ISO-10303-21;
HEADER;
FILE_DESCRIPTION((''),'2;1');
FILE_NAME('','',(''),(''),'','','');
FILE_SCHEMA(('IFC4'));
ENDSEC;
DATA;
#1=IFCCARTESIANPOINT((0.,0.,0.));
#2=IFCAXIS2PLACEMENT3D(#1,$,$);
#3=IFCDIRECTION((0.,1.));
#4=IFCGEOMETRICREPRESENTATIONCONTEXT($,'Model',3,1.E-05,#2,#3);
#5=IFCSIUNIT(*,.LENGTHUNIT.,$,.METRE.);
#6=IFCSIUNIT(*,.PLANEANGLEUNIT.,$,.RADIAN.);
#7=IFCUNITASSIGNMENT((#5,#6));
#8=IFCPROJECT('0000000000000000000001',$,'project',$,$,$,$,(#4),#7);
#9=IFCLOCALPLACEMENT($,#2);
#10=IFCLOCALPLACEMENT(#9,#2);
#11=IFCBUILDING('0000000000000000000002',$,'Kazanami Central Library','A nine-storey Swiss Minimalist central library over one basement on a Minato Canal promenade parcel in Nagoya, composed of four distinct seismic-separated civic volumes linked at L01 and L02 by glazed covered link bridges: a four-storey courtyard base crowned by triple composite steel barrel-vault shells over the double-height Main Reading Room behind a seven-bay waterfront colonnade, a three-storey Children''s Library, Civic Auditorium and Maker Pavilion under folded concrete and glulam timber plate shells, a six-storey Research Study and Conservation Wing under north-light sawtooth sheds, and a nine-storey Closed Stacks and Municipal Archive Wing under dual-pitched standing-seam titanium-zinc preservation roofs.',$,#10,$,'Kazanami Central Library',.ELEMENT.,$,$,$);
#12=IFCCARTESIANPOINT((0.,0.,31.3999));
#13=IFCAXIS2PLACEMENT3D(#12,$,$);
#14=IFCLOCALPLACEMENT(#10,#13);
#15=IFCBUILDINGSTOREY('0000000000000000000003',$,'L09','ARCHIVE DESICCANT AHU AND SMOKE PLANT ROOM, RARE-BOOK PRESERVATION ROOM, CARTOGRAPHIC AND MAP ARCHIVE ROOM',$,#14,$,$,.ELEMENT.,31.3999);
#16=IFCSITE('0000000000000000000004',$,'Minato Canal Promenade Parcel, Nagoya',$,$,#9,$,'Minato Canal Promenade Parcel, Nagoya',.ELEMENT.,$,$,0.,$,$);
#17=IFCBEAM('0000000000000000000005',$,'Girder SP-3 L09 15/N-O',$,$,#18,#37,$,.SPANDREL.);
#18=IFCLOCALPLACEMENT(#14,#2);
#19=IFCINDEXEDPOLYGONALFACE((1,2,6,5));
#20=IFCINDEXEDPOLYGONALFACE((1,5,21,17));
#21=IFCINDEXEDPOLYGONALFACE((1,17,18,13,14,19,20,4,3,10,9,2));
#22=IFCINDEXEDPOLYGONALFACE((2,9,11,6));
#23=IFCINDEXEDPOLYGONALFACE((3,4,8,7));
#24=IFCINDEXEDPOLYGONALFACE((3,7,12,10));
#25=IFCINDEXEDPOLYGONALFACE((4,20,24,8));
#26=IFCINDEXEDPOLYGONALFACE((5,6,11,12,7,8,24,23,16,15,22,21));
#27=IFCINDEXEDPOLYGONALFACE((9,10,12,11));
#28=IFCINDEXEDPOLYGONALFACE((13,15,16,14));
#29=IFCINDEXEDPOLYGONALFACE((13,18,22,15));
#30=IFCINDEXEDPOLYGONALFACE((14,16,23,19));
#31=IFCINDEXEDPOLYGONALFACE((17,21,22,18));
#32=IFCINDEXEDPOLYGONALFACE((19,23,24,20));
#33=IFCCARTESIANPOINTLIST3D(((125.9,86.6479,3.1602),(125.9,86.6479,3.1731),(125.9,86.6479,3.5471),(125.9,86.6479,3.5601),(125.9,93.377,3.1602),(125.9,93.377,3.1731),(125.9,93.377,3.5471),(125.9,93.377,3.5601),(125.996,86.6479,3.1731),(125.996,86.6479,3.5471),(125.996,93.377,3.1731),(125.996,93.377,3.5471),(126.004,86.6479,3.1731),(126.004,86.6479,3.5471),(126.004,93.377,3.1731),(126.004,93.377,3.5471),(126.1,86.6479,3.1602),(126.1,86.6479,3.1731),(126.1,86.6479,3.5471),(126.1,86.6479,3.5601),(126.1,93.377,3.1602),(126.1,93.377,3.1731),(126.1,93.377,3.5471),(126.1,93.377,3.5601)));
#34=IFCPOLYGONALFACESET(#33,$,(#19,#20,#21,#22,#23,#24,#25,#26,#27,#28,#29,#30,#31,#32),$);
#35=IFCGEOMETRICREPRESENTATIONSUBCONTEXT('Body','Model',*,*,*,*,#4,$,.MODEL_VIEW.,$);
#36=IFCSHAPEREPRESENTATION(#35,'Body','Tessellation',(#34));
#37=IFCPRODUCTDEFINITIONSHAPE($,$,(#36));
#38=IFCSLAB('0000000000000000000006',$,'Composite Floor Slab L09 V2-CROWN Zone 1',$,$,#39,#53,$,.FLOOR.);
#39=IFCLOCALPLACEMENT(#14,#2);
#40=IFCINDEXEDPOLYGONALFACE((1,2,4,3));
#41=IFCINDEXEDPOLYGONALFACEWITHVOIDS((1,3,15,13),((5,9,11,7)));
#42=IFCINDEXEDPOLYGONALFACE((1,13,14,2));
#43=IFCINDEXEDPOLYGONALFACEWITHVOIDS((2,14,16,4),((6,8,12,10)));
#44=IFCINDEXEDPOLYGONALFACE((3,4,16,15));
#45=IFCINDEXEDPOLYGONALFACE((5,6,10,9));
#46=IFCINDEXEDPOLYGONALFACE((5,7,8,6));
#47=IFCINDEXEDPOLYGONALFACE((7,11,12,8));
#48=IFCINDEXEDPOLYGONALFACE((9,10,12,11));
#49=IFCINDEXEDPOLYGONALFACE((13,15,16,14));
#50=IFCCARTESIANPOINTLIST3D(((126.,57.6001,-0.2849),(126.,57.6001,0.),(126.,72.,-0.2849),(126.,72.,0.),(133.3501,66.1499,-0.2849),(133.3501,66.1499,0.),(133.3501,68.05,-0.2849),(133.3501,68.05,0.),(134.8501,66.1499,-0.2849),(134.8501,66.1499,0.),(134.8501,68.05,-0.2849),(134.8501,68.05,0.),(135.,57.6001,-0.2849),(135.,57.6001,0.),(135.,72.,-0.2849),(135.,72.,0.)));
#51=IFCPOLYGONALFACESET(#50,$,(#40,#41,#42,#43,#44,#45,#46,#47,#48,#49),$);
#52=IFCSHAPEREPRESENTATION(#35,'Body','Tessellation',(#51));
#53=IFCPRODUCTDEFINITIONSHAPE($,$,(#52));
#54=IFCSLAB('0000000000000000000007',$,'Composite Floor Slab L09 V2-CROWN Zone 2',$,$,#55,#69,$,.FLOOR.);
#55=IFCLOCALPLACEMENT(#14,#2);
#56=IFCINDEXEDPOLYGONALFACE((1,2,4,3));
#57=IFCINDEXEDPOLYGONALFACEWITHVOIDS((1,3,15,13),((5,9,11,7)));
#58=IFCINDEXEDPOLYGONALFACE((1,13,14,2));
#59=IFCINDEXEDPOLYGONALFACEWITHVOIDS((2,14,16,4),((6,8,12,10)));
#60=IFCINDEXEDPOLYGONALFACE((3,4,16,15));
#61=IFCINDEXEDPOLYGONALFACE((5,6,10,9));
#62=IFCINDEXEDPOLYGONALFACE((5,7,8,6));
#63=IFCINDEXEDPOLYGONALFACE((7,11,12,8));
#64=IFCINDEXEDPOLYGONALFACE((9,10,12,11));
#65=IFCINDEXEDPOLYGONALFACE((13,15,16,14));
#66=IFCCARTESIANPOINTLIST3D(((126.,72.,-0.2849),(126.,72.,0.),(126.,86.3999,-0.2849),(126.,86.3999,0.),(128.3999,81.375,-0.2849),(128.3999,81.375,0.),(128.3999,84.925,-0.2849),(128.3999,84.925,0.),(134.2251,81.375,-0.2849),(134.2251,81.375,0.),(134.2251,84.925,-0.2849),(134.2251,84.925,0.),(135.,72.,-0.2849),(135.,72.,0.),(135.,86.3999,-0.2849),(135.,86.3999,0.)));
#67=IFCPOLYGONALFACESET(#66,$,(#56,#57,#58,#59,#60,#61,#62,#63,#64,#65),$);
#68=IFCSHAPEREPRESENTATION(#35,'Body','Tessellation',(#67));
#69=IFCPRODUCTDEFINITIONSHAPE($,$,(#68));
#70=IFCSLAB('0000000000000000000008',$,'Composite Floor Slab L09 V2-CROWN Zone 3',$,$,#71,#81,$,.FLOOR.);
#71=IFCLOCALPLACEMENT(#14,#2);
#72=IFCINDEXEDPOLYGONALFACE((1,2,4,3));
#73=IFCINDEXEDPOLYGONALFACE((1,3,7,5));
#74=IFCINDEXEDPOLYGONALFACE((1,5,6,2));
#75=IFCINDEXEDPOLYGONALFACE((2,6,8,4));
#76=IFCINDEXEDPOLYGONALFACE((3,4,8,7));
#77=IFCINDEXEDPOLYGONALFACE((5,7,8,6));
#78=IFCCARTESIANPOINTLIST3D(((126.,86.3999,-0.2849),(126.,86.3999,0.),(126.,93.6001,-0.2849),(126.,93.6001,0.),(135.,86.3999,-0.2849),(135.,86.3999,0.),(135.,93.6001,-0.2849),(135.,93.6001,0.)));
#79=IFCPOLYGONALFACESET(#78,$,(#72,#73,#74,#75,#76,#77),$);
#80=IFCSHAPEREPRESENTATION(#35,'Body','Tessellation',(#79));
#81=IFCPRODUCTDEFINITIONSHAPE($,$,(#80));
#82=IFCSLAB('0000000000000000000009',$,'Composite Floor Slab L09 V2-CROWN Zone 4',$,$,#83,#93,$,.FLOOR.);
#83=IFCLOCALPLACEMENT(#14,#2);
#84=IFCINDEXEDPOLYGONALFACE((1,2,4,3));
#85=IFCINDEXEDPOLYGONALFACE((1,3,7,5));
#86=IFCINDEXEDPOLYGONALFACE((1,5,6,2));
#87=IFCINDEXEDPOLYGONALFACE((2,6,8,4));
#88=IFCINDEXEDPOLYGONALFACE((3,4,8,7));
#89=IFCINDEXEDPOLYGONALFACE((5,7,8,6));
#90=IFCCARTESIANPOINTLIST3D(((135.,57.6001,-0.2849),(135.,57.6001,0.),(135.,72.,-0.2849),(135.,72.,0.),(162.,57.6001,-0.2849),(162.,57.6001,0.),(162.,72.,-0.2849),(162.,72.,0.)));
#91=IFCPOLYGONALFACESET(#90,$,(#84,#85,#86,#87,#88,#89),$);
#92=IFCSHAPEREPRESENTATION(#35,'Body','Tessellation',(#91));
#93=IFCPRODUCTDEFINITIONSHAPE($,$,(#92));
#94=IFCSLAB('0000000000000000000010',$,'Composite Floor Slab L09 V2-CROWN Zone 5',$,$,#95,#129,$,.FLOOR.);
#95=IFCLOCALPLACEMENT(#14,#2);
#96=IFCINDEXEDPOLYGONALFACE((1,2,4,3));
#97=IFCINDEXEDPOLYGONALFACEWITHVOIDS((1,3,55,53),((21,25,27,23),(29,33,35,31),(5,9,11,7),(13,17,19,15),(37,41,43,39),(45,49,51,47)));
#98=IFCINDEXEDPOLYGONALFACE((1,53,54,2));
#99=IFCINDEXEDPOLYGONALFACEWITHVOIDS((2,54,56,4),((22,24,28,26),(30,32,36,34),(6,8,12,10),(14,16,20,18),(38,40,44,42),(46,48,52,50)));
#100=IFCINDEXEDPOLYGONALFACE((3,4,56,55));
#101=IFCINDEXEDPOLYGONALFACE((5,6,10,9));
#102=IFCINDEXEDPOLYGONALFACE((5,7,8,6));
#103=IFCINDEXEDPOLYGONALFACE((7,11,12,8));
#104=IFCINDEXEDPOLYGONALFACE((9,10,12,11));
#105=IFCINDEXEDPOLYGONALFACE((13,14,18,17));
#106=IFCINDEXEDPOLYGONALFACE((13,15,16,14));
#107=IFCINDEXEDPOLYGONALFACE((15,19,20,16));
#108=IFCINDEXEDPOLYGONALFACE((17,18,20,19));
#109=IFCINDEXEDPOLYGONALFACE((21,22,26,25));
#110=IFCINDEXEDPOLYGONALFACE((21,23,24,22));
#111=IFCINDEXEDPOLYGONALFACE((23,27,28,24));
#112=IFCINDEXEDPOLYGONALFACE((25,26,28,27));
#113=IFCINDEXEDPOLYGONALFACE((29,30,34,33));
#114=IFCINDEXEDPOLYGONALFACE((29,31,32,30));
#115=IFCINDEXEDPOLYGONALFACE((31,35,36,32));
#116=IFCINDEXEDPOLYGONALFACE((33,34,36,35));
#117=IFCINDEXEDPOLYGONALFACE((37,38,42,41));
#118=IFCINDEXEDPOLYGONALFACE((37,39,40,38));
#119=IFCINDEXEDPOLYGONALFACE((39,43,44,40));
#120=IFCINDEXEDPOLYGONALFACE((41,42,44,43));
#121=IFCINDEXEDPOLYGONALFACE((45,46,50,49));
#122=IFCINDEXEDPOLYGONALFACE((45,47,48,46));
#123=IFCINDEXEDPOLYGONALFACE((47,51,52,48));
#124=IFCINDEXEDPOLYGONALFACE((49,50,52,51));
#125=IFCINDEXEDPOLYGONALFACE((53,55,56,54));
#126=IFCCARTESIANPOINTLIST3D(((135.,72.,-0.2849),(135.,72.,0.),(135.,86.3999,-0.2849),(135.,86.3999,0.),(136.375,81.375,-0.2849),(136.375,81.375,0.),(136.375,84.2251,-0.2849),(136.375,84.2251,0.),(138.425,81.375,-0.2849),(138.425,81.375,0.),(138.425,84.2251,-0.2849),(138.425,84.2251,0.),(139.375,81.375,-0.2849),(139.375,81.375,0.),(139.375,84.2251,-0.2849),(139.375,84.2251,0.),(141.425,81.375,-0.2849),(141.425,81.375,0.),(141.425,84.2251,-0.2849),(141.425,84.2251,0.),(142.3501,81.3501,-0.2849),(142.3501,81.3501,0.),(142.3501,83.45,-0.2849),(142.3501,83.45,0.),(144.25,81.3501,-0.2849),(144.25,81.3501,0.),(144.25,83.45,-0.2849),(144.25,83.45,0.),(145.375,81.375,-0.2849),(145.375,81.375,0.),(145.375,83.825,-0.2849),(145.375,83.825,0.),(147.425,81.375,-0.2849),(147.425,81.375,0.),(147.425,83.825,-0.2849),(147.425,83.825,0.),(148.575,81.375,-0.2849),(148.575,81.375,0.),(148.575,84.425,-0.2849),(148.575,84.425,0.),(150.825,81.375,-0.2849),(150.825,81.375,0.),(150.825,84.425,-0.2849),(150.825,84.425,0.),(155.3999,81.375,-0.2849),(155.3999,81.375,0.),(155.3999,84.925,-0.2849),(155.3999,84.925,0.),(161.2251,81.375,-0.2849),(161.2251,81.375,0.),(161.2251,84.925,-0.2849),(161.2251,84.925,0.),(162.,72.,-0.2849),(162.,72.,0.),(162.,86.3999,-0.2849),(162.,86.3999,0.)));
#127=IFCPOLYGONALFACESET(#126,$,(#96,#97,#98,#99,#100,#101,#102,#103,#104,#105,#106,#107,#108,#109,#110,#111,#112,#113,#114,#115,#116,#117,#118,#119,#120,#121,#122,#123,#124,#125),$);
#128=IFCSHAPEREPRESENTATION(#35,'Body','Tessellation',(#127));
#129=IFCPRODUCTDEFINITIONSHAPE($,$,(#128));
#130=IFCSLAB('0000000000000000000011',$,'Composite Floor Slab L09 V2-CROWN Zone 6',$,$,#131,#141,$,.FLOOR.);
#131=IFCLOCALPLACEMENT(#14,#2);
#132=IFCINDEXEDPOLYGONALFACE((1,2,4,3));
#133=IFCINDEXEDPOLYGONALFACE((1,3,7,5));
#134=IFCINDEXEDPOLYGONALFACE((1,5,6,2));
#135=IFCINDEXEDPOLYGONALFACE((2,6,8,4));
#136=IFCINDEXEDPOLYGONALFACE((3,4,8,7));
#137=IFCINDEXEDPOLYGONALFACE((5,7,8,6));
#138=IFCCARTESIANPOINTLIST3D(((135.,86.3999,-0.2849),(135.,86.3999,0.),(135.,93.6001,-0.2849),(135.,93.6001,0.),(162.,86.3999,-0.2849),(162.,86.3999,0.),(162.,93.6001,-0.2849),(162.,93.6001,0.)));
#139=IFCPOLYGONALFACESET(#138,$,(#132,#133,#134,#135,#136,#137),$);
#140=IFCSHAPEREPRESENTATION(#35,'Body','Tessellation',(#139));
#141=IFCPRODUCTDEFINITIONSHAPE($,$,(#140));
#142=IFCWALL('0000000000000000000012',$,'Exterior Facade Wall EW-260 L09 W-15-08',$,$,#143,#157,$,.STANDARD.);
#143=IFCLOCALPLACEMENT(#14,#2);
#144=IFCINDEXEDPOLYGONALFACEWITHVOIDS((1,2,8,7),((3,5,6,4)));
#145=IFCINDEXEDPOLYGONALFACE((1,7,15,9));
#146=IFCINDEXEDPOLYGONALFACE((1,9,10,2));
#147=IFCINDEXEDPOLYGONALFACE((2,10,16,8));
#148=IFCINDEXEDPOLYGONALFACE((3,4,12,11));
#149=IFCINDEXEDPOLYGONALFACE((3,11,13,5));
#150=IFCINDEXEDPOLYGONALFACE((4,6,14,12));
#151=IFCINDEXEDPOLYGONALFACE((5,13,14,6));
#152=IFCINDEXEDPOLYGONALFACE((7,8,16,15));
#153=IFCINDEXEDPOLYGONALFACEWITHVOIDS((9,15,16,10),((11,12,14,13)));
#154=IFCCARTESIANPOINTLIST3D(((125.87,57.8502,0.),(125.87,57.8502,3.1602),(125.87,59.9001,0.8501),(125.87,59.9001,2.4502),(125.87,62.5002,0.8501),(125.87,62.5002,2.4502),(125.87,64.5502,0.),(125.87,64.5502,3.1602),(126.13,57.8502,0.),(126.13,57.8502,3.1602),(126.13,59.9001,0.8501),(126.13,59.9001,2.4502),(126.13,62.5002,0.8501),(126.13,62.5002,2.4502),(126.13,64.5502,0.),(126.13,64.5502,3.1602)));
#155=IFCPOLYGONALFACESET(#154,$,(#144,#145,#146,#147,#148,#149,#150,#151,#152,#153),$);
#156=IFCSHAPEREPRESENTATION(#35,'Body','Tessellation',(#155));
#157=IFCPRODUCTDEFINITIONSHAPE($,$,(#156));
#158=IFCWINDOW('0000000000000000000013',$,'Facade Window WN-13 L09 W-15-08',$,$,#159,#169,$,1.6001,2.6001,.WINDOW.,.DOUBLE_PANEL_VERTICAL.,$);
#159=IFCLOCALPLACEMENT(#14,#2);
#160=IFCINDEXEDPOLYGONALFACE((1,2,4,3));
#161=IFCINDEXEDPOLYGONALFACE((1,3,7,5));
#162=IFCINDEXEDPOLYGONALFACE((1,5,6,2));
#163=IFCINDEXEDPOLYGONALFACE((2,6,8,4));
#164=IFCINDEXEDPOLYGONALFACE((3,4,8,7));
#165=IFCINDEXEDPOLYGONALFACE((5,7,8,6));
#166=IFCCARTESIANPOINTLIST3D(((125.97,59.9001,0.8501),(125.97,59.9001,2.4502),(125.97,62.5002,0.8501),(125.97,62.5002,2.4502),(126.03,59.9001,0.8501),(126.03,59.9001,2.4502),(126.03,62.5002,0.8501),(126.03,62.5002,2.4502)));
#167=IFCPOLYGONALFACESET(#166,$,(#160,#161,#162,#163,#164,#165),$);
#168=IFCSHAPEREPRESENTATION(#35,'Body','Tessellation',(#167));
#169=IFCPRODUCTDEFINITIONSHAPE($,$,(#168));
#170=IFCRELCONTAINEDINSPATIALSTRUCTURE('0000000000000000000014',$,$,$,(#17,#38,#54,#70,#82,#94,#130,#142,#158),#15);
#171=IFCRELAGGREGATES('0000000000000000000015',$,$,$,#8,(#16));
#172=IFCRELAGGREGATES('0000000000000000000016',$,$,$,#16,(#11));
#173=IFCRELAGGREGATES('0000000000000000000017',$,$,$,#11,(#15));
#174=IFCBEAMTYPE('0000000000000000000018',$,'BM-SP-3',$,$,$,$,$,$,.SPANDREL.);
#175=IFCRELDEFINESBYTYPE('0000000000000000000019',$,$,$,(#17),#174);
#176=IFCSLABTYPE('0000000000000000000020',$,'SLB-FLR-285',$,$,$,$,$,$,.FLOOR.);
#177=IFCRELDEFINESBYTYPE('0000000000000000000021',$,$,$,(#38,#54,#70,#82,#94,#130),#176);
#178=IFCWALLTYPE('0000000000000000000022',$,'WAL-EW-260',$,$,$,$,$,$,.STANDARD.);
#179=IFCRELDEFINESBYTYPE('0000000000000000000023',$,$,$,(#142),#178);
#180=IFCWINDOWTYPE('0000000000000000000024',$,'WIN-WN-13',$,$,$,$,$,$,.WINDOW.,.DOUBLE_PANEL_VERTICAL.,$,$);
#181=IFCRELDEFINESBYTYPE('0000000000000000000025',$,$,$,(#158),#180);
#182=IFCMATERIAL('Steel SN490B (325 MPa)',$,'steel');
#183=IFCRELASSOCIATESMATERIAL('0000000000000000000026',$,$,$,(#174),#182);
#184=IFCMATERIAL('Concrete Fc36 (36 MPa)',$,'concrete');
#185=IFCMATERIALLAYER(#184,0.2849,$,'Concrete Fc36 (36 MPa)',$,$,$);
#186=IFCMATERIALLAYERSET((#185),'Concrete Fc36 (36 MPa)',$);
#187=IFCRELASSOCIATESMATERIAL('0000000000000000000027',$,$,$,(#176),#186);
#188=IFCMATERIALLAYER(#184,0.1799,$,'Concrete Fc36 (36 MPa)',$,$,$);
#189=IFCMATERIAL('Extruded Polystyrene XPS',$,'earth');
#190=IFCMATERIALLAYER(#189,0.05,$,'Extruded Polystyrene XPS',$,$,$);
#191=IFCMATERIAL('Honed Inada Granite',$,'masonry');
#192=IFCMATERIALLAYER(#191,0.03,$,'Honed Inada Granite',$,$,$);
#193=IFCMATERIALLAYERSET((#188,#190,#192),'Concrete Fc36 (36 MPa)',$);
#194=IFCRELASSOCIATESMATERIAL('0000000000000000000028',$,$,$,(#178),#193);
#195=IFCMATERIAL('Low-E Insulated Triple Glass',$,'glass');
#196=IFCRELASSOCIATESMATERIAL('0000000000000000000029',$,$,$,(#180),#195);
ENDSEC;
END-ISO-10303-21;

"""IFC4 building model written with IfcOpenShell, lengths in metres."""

from ifc_helpers import new_model, si_unit, direction, frame, frame_2d, origin, origin_2d, place, context, subcontext, project, spatial, polyline, rectangle, i_section, outline, extrude, material, layer, layer_set, material_profile, profile_set, type_object, element, fill, save


model = new_model("IFC4")

# Units and contexts
model_context = context("Model", 3, precision=1e-05, world=origin(), true_north=direction((0.0, 1.0)))
body_context = subcontext(model_context, "Body", "Model", "MODEL_VIEW")
ifc_project = project(units=[si_unit("LENGTHUNIT", "METRE"), si_unit("PLANEANGLEUNIT", "RADIAN")], contexts=[model_context])

# Site, building, storey
site_placement = place(None, origin())
site = spatial("IfcSite", under=ifc_project, at=site_placement, Name="Minato Canal Promenade Parcel, Nagoya", LongName="Minato Canal Promenade Parcel, Nagoya", CompositionType="ELEMENT", RefElevation=0.0)
building_placement = place(site_placement, origin())
building = spatial("IfcBuilding", under=site, at=building_placement, Name="Kazanami Central Library", Description="A nine-storey Swiss Minimalist central library over one basement on a Minato Canal promenade parcel in Nagoya, composed of four distinct seismic-separated civic volumes linked at L01 and L02 by glazed covered link bridges: a four-storey courtyard base crowned by triple composite steel barrel-vault shells over the double-height Main Reading Room behind a seven-bay waterfront colonnade, a three-storey Children's Library, Civic Auditorium and Maker Pavilion under folded concrete and glulam timber plate shells, a six-storey Research Study and Conservation Wing under north-light sawtooth sheds, and a nine-storey Closed Stacks and Municipal Archive Wing under dual-pitched standing-seam titanium-zinc preservation roofs.", LongName="Kazanami Central Library", CompositionType="ELEMENT")
storey_placement = place(building_placement, frame((0.0, 0.0, 31.3999)))
storey = spatial("IfcBuildingStorey", under=building, at=storey_placement, Name="L09", Description="ARCHIVE DESICCANT AHU AND SMOKE PLANT ROOM, RARE-BOOK PRESERVATION ROOM, CARTOGRAPHIC AND MAP ARCHIVE ROOM", CompositionType="ELEMENT", Elevation=31.3999)

# Beam
ifc_material_1 = material(Name="Steel SN490B (325 MPa)", Category="steel")
ifc_material_profile_1 = material_profile(ifc_material_1, i_section(OverallWidth=0.2, OverallDepth=0.3999, WebThickness=0.0081, FlangeThickness=0.0129, at=origin_2d()), Name="H-400x200x8x13")
ifc_profile_set_1 = profile_set([ifc_material_profile_1], Name="Steel SN490B (325 MPa)")
beam_type = type_object("IfcBeamType", Name="BM-SP-3", PredefinedType="SPANDREL", material=ifc_profile_set_1)
beam_1_placement = place(storey_placement, frame((126.0, 86.6479, 3.3601), z_axis=(0.0, 1.0, 0.0), x_axis=(-1.0, 0.0, 0.0)))
element("IfcBeam", 1, at=beam_1_placement, inside=storey, type_object=beam_type, Name="Girder SP-3 L09 15/N-O", PredefinedType="SPANDREL", context=body_context, shape_type="SweptSolid", body=[
    extrude(i_section(OverallWidth=0.2, OverallDepth=0.3999, WebThickness=0.0081, FlangeThickness=0.0129, at=origin_2d()), origin(), (0.0, 0.0, 1.0), 6.729),
])

# Slabs
ifc_material_2 = material(Name="Concrete Fc36 (36 MPa)", Category="concrete")
ifc_layer_1 = layer(ifc_material_2, 0.2849, Name="Concrete Fc36 (36 MPa)")
ifc_layer_set_1 = layer_set([ifc_layer_1], Name="Concrete Fc36 (36 MPa)")
slab_type = type_object("IfcSlabType", Name="SLB-FLR-285", PredefinedType="FLOOR", material=ifc_layer_set_1)
slab_1_placement = place(storey_placement, frame((0.0, 0.0, -0.2849)))
element("IfcSlab", 2, at=slab_1_placement, inside=storey, type_object=slab_type, Name="Composite Floor Slab L09 V2-CROWN Zone 1", PredefinedType="FLOOR", context=body_context, shape_type="SweptSolid", body=[
    extrude(outline(polyline([(126.0, 57.6001), (135.0, 57.6001), (135.0, 72.0), (126.0, 72.0), (126.0, 57.6001)]), holes=[polyline([(133.3501, 66.1499), (134.8501, 66.1499), (134.8501, 68.05), (133.3501, 68.05), (133.3501, 66.1499)])]), origin(), (0.0, 0.0, 1.0), 0.2849),
])
slab_2_placement = place(storey_placement, frame((0.0, 0.0, -0.2849)))
element("IfcSlab", 3, at=slab_2_placement, inside=storey, type_object=slab_type, Name="Composite Floor Slab L09 V2-CROWN Zone 2", PredefinedType="FLOOR", context=body_context, shape_type="SweptSolid", body=[
    extrude(outline(polyline([(126.0, 72.0), (135.0, 72.0), (135.0, 86.3999), (126.0, 86.3999), (126.0, 72.0)]), holes=[polyline([(128.3999, 81.375), (134.2251, 81.375), (134.2251, 84.925), (128.3999, 84.925), (128.3999, 81.375)])]), origin(), (0.0, 0.0, 1.0), 0.2849),
])
slab_3_placement = place(storey_placement, frame((0.0, 0.0, -0.2849)))
element("IfcSlab", 4, at=slab_3_placement, inside=storey, type_object=slab_type, Name="Composite Floor Slab L09 V2-CROWN Zone 3", PredefinedType="FLOOR", context=body_context, shape_type="SweptSolid", body=[
    extrude(outline(polyline([(126.0, 86.3999), (135.0, 86.3999), (135.0, 93.6001), (126.0, 93.6001), (126.0, 86.3999)])), origin(), (0.0, 0.0, 1.0), 0.2849),
])
slab_4_placement = place(storey_placement, frame((0.0, 0.0, -0.2849)))
element("IfcSlab", 5, at=slab_4_placement, inside=storey, type_object=slab_type, Name="Composite Floor Slab L09 V2-CROWN Zone 4", PredefinedType="FLOOR", context=body_context, shape_type="SweptSolid", body=[
    extrude(outline(polyline([(135.0, 57.6001), (162.0, 57.6001), (162.0, 72.0), (135.0, 72.0), (135.0, 57.6001)])), origin(), (0.0, 0.0, 1.0), 0.2849),
])
slab_5_placement = place(storey_placement, frame((0.0, 0.0, -0.2849)))
element("IfcSlab", 6, at=slab_5_placement, inside=storey, type_object=slab_type, Name="Composite Floor Slab L09 V2-CROWN Zone 5", PredefinedType="FLOOR", context=body_context, shape_type="SweptSolid", body=[
    extrude(outline(polyline([(135.0, 72.0), (162.0, 72.0), (162.0, 86.3999), (135.0, 86.3999), (135.0, 72.0)]), holes=[polyline([(155.3999, 81.375), (161.2251, 81.375), (161.2251, 84.925), (155.3999, 84.925), (155.3999, 81.375)]), polyline([(136.375, 81.375), (138.425, 81.375), (138.425, 84.2251), (136.375, 84.2251), (136.375, 81.375)]), polyline([(139.375, 81.375), (141.425, 81.375), (141.425, 84.2251), (139.375, 84.2251), (139.375, 81.375)]), polyline([(145.375, 81.375), (147.425, 81.375), (147.425, 83.825), (145.375, 83.825), (145.375, 81.375)]), polyline([(148.575, 81.375), (150.825, 81.375), (150.825, 84.425), (148.575, 84.425), (148.575, 81.375)]), polyline([(142.3501, 81.3501), (144.25, 81.3501), (144.25, 83.45), (142.3501, 83.45), (142.3501, 81.3501)])]), origin(), (0.0, 0.0, 1.0), 0.2849),
])
slab_6_placement = place(storey_placement, frame((0.0, 0.0, -0.2849)))
element("IfcSlab", 7, at=slab_6_placement, inside=storey, type_object=slab_type, Name="Composite Floor Slab L09 V2-CROWN Zone 6", PredefinedType="FLOOR", context=body_context, shape_type="SweptSolid", body=[
    extrude(outline(polyline([(135.0, 86.3999), (162.0, 86.3999), (162.0, 93.6001), (135.0, 93.6001), (135.0, 86.3999)])), origin(), (0.0, 0.0, 1.0), 0.2849),
])

# Wall, opening, window
ifc_layer_2 = layer(ifc_material_2, 0.1799, Name="Concrete Fc36 (36 MPa)")
ifc_material_3 = material(Name="Extruded Polystyrene XPS", Category="earth")
ifc_layer_3 = layer(ifc_material_3, 0.05, Name="Extruded Polystyrene XPS")
ifc_material_4 = material(Name="Honed Inada Granite", Category="masonry")
ifc_layer_4 = layer(ifc_material_4, 0.03, Name="Honed Inada Granite")
ifc_layer_set_2 = layer_set([ifc_layer_2, ifc_layer_3, ifc_layer_4], Name="Concrete Fc36 (36 MPa)")
wall_type_1 = type_object("IfcWallType", Name="WAL-EW-260", PredefinedType="STANDARD", material=ifc_layer_set_2)
wall_1_placement = place(storey_placement, frame((126.0, 57.8501, 0.0), z_axis=(0.0, 0.0, 1.0), x_axis=(0.0, 1.0, 0.0)))
wall_1 = element("IfcWall", 8, at=wall_1_placement, inside=storey, type_object=wall_type_1, Name="Exterior Facade Wall EW-260 L09 W-15-08", PredefinedType="STANDARD", context=body_context, shape_type="SweptSolid", body=[
    extrude(rectangle(XDim=6.7, YDim=0.26, at=frame_2d((3.3501, 0.0))), origin(), (0.0, 0.0, 1.0), 3.1602),
])
opening_1_placement = place(wall_1_placement, frame((2.05, 0.0, 0.8501)))
opening_1 = element("IfcOpeningElement", 9, at=opening_1_placement, cuts=wall_1, PredefinedType="OPENING", context=body_context, shape_type="SweptSolid", body=[
    extrude(rectangle(XDim=2.6001, YDim=1.6001, at=frame_2d((1.3, 0.8))), frame((0.0, 0.1421, 0.0), z_axis=(0.0, -1.0, 0.0), x_axis=(1.0, 0.0, 0.0)), (0.0, 0.0, 1.0), 0.2839),
])
ifc_material_5 = material(Name="Low-E Insulated Triple Glass", Category="glass")
window_type = type_object("IfcWindowType", Name="WIN-WN-13", PartitioningType="DOUBLE_PANEL_VERTICAL", PredefinedType="WINDOW", material=ifc_material_5)
window_1_placement = place(opening_1_placement, origin())
window_1 = element("IfcWindow", 10, at=window_1_placement, inside=storey, type_object=window_type, Name="Facade Window WN-13 L09 W-15-08", OverallHeight=1.6001, OverallWidth=2.6001, PartitioningType="DOUBLE_PANEL_VERTICAL", PredefinedType="WINDOW", context=body_context, shape_type="SweptSolid", body=[
    extrude(rectangle(XDim=2.6001, YDim=1.6001, at=frame_2d((1.3, 0.8))), frame((0.0, 0.03, 0.0), z_axis=(0.0, -1.0, 0.0), x_axis=(1.0, 0.0, 0.0)), (0.0, 0.0, 1.0), 0.0601),
])
fill(opening_1, window_1)

save(model, "model.ifc")
